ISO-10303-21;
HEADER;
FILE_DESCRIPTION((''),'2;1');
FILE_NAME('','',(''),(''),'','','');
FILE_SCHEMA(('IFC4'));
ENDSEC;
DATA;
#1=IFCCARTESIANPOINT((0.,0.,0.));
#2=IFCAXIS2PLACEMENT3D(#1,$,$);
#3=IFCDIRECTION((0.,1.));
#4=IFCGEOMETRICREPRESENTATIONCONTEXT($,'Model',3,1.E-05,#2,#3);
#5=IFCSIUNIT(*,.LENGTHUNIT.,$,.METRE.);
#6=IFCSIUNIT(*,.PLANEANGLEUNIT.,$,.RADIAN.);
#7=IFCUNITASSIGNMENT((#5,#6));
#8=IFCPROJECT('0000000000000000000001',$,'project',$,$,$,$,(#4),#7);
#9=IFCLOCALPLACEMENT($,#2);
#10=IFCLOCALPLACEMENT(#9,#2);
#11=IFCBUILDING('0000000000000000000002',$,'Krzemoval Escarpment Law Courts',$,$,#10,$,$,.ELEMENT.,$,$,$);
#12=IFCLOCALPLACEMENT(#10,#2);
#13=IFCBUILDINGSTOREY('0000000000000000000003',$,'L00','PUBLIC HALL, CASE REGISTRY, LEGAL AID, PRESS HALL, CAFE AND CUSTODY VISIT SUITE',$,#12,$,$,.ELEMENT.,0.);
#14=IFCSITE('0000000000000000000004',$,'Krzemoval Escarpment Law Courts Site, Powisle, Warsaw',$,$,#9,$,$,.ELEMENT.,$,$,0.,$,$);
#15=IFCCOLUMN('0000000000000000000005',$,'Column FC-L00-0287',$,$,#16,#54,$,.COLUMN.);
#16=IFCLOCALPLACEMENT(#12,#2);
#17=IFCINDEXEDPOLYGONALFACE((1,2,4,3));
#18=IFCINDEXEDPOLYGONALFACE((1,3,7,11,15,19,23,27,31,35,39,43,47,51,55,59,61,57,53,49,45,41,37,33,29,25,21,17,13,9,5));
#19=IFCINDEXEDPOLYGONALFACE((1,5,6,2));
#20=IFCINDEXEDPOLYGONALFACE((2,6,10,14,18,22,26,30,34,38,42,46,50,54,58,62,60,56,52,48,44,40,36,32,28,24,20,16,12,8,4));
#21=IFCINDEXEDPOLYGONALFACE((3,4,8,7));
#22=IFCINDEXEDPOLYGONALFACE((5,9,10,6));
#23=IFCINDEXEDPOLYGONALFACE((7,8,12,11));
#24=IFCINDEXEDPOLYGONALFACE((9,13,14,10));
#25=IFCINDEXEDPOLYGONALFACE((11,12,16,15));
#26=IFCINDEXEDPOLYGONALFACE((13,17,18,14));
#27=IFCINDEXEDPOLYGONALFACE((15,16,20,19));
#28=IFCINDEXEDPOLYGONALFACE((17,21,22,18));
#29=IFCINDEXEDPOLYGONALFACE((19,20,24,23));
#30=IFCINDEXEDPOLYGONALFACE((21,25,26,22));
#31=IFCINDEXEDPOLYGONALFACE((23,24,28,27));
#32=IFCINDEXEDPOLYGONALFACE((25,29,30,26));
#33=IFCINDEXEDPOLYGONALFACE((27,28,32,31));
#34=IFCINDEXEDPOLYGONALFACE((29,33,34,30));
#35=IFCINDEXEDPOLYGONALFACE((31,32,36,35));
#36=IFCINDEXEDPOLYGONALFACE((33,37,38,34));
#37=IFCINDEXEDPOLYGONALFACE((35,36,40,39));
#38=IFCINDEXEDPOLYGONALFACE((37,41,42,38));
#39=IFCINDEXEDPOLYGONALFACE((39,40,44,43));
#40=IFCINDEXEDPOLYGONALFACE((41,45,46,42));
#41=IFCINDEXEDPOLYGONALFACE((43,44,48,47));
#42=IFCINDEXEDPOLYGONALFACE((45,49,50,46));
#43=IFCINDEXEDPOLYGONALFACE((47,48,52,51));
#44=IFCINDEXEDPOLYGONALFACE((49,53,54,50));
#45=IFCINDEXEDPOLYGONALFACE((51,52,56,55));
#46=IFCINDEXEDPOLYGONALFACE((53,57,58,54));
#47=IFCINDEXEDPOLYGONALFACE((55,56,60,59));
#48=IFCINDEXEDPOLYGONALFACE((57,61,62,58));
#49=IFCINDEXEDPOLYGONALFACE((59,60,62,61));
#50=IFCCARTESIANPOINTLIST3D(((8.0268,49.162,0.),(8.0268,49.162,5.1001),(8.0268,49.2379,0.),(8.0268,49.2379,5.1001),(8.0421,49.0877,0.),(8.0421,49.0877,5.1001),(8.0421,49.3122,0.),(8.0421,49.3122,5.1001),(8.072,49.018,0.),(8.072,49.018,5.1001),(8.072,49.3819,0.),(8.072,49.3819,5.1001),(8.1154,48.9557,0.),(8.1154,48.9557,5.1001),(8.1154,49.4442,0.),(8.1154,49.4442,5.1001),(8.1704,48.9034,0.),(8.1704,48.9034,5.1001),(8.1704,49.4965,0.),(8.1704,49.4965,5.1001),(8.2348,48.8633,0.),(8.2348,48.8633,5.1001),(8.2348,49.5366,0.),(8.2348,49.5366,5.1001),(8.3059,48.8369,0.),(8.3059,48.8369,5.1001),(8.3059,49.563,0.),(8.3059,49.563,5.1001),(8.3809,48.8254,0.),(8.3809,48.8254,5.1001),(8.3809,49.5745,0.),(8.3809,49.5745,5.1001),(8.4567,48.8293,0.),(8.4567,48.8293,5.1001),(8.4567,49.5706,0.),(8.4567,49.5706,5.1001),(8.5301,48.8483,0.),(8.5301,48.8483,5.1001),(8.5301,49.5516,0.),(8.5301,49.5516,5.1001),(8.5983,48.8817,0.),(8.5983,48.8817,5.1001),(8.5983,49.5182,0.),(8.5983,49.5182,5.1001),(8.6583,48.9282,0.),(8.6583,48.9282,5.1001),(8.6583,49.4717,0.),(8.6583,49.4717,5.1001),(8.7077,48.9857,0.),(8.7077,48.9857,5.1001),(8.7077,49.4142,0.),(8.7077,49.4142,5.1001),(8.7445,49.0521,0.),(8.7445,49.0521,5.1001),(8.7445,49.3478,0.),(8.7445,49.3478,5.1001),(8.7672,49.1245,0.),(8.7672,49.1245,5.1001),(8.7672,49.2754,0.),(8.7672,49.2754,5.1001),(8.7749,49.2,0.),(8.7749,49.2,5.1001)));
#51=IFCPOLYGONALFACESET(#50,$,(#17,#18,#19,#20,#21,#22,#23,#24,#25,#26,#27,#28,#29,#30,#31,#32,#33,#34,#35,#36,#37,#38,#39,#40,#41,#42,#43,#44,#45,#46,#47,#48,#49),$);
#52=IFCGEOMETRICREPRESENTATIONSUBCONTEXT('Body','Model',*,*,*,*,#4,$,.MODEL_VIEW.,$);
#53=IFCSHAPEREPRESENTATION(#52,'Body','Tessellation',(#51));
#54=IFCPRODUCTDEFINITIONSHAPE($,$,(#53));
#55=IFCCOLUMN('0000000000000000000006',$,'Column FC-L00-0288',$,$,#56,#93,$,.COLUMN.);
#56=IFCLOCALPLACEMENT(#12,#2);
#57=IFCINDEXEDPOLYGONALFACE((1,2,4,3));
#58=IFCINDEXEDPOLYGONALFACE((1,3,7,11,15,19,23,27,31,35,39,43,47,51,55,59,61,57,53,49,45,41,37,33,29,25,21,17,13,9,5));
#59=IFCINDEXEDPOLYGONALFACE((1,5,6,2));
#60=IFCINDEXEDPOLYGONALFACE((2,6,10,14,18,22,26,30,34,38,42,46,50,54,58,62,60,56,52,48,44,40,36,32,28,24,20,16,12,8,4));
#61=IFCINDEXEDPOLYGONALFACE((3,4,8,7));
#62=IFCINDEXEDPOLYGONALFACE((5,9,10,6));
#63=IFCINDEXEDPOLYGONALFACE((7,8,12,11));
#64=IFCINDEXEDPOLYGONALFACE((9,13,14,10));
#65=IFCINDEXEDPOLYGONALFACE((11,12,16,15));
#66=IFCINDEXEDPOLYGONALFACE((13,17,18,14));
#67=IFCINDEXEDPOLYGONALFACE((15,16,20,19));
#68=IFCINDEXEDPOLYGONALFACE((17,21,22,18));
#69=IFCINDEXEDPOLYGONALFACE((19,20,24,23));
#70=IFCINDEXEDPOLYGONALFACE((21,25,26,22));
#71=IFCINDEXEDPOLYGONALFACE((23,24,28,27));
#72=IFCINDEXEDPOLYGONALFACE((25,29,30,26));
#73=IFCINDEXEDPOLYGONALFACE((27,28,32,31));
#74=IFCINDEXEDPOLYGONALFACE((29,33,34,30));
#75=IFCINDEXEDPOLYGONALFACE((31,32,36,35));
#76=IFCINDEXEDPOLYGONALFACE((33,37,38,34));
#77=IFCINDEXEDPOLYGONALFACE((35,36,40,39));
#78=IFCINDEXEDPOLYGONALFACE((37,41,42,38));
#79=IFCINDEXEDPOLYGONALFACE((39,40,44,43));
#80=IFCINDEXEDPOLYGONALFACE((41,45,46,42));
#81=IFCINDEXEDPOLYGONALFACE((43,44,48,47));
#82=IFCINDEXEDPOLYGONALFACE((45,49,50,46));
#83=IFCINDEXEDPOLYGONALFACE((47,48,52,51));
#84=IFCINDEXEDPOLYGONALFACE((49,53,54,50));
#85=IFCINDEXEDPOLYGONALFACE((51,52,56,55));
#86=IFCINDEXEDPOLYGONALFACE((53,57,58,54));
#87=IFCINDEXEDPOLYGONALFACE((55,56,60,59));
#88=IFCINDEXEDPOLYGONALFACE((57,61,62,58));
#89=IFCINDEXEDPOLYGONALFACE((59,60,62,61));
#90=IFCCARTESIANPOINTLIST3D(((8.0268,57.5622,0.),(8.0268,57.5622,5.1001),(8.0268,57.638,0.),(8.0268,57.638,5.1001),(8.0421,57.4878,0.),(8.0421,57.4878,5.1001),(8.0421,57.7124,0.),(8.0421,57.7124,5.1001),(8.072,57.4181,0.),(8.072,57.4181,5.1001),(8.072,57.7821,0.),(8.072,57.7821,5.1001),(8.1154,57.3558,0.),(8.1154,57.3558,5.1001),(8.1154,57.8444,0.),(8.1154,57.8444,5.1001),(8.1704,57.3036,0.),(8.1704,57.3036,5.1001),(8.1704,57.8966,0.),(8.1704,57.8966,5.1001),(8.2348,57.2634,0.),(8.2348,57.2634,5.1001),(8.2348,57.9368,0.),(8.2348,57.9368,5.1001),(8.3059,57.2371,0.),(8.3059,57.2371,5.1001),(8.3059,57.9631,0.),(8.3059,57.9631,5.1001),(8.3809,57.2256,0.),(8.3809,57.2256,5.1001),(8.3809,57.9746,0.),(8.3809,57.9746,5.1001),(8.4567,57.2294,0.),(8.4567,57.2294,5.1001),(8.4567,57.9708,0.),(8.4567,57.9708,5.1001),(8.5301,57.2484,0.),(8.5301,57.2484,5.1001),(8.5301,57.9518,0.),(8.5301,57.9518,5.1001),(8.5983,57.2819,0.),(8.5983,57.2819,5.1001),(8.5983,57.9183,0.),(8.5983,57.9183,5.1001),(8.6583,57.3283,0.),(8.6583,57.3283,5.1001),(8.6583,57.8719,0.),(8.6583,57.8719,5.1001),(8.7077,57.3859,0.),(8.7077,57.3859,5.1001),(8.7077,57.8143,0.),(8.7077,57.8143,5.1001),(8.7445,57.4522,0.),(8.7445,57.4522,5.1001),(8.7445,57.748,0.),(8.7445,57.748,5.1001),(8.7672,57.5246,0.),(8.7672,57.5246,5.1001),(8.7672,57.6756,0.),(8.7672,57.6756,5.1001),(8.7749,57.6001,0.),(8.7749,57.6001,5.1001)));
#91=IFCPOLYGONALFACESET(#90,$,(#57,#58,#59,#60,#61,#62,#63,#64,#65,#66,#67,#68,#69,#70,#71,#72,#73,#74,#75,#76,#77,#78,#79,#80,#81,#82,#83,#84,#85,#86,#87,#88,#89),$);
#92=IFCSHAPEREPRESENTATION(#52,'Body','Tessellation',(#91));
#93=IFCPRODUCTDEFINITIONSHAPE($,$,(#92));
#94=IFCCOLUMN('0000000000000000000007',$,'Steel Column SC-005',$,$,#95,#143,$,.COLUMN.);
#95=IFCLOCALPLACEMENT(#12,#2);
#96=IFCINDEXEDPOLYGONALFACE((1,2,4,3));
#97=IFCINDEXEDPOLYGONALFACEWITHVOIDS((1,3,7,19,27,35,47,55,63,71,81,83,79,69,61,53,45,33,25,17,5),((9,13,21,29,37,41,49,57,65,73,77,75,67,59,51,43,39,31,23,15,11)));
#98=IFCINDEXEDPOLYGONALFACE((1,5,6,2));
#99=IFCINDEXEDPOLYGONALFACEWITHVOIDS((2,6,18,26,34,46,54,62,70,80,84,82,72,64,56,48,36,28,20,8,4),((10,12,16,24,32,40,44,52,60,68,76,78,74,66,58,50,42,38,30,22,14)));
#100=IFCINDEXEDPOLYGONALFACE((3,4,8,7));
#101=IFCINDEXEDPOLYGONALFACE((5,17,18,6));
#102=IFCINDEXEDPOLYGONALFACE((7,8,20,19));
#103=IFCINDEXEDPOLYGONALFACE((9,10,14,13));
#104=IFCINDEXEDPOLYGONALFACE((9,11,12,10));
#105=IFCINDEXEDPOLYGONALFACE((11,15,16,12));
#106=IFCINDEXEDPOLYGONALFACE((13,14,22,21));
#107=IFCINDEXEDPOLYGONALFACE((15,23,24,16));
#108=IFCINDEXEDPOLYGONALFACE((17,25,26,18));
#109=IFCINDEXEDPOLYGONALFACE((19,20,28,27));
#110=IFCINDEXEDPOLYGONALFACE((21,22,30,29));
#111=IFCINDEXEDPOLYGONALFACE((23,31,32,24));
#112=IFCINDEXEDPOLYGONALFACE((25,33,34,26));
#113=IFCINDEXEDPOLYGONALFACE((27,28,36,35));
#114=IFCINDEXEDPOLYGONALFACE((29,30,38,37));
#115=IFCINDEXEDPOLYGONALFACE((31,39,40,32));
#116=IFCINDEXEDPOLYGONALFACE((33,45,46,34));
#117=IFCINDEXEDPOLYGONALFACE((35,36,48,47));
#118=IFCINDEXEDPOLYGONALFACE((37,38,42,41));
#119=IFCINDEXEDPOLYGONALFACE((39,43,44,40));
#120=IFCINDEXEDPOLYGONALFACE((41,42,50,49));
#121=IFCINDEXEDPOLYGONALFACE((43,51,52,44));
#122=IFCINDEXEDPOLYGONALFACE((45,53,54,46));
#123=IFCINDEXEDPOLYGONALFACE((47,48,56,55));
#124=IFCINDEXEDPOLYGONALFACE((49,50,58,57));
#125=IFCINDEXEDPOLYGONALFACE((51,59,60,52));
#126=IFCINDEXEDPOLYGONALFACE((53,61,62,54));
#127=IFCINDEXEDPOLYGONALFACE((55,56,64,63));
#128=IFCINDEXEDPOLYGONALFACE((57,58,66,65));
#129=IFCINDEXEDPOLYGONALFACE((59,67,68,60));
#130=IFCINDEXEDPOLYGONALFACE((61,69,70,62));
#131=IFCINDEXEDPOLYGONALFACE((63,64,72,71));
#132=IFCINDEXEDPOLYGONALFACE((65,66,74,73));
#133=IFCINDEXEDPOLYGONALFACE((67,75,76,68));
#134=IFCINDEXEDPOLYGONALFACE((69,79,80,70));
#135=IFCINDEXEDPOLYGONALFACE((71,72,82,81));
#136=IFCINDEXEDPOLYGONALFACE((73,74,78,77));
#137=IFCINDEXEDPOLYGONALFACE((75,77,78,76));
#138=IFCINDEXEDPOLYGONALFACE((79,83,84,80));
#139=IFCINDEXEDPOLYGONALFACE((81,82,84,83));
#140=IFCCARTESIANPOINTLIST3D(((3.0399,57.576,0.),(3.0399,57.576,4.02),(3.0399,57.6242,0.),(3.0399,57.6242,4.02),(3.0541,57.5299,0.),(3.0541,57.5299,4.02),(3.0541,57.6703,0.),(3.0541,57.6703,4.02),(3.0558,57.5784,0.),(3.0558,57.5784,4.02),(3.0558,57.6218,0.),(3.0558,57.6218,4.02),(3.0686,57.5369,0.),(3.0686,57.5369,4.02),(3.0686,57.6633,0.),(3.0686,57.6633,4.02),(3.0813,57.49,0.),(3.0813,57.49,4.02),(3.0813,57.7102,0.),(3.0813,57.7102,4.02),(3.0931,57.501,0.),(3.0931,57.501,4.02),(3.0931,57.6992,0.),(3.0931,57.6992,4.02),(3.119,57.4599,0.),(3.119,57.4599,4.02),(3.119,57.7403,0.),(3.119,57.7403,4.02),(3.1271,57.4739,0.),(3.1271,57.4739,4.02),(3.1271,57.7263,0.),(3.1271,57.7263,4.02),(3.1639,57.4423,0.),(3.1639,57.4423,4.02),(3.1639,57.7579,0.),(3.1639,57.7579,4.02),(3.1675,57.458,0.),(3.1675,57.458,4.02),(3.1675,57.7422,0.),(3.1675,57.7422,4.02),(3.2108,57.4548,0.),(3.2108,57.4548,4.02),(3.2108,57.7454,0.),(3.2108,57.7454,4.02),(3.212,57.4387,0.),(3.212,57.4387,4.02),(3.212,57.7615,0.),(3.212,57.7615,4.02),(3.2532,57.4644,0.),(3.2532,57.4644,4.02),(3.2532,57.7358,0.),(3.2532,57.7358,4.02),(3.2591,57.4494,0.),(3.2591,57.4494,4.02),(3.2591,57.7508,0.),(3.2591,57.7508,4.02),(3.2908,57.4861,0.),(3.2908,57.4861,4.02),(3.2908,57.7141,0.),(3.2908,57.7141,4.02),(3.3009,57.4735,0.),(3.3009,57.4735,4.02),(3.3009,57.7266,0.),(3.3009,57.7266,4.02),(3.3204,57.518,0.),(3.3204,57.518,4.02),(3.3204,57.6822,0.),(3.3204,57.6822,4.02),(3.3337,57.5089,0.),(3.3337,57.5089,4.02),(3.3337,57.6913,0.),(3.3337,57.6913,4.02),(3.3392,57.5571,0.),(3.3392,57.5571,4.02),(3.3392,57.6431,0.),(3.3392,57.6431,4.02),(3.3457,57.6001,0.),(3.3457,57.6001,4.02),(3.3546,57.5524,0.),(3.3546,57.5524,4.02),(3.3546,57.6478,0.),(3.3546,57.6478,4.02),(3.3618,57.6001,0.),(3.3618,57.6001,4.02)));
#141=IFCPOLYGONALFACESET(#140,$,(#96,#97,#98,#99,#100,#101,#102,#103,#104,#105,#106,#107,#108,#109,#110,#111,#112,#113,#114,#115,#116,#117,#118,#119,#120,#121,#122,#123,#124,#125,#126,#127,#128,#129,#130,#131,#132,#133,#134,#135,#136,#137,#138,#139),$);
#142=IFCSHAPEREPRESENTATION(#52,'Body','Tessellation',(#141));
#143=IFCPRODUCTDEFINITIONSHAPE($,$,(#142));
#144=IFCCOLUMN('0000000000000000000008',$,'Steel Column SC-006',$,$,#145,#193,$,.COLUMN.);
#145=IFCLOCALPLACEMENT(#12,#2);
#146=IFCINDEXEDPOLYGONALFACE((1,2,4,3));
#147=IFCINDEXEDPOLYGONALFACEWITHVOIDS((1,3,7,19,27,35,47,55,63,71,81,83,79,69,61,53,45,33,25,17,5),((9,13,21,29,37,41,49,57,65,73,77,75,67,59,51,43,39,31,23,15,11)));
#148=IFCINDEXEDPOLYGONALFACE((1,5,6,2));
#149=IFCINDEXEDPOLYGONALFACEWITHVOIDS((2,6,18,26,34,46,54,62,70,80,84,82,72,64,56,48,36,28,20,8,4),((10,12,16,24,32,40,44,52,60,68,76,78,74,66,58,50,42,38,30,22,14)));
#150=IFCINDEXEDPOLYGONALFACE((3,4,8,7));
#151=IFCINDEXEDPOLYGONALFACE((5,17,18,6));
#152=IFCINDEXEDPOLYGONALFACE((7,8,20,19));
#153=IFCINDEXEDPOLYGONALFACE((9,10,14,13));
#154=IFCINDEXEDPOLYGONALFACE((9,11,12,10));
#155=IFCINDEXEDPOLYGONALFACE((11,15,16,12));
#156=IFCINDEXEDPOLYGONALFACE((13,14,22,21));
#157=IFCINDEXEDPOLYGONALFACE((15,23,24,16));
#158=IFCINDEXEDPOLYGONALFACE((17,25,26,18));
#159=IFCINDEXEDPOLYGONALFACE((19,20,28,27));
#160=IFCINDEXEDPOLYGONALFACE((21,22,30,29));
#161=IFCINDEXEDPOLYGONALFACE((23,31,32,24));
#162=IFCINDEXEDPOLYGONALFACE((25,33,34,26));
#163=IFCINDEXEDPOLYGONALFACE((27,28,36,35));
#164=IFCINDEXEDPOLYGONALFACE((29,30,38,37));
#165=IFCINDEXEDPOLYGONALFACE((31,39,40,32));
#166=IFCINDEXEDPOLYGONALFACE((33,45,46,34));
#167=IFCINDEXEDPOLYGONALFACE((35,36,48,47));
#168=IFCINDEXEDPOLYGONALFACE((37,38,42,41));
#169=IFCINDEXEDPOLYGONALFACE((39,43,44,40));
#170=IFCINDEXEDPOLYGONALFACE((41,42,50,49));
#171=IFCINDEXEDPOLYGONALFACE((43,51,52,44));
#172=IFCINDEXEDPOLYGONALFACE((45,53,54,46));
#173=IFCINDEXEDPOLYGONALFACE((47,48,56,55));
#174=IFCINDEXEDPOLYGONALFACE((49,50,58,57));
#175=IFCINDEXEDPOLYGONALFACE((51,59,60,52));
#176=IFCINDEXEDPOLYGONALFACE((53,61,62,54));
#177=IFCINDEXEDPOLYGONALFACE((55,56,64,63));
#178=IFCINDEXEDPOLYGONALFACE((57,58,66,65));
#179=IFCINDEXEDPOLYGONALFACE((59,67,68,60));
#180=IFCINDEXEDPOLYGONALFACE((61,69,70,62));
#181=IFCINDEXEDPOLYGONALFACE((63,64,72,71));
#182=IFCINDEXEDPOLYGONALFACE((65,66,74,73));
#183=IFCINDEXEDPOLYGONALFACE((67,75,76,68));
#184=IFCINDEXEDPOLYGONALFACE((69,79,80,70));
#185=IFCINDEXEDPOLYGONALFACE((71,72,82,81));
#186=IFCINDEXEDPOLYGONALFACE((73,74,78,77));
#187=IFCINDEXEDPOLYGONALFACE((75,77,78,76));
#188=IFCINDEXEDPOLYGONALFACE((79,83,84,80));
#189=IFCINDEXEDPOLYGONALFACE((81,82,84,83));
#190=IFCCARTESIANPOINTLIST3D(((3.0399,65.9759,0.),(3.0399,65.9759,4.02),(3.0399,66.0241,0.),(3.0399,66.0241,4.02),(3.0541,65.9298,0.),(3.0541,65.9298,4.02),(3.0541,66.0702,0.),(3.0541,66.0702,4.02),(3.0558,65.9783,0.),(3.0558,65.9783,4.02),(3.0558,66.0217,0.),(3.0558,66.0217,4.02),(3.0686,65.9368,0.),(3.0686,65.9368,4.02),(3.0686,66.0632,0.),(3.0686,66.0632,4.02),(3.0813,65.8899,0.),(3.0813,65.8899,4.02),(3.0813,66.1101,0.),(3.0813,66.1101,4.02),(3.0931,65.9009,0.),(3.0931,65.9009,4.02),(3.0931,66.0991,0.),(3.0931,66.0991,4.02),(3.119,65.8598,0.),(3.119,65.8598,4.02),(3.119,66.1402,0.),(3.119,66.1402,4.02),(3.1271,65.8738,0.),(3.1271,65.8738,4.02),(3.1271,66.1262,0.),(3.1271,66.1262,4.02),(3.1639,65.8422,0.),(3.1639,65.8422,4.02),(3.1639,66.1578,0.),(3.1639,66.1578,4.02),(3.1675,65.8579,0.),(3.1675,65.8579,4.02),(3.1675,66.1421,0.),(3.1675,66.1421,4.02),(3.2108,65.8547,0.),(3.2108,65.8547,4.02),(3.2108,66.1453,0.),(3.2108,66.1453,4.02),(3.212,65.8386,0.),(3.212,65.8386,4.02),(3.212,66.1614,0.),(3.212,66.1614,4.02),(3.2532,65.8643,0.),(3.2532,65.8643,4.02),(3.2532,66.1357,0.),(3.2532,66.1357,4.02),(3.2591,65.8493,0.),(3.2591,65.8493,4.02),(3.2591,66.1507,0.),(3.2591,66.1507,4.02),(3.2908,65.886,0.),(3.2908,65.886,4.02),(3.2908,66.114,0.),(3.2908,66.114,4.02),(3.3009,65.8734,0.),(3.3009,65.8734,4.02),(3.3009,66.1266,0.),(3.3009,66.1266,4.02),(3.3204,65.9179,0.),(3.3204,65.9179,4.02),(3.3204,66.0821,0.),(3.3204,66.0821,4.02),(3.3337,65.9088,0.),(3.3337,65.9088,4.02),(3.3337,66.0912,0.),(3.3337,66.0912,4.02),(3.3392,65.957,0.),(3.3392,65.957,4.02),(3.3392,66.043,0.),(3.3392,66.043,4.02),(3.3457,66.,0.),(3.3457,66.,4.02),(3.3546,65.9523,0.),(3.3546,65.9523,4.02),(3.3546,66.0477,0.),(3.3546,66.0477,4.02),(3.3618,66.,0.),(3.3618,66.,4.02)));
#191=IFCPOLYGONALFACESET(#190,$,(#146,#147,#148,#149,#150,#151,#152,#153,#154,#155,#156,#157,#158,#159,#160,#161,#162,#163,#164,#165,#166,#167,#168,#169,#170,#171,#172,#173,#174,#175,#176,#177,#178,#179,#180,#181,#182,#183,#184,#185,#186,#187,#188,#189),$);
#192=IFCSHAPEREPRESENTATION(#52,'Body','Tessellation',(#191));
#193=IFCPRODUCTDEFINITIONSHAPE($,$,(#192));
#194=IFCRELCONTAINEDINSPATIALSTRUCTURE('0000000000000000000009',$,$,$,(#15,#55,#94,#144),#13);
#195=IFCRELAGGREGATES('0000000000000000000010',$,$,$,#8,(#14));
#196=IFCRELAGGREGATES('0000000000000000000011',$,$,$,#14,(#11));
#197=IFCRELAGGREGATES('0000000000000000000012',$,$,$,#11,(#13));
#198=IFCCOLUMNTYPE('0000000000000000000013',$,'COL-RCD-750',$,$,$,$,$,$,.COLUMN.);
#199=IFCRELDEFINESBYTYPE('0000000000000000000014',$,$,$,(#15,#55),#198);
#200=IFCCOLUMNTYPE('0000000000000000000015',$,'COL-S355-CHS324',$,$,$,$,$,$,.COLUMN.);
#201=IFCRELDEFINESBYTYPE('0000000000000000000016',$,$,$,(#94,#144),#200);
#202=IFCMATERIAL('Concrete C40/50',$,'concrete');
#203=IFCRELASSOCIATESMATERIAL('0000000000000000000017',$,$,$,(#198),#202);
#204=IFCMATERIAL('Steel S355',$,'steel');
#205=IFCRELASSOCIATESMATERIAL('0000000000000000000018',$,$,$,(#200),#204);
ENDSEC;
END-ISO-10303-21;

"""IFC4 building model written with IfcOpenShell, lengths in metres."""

from ifc_helpers import new_model, si_unit, direction, frame, origin, origin_2d, place, context, subcontext, project, spatial, circle, hollow_circle, extrude, material, material_profile, profile_set, type_object, element, save


model = new_model("IFC4")

# Units and contexts
model_context = context("Model", 3, precision=1e-05, world=origin(), true_north=direction((0.0, 1.0)))
body_context = subcontext(model_context, "Body", "Model", "MODEL_VIEW")
ifc_project = project(units=[si_unit("LENGTHUNIT", "METRE"), si_unit("PLANEANGLEUNIT", "RADIAN")], contexts=[model_context])

# Site, building, storey
site_placement = place(None, origin())
site = spatial("IfcSite", under=ifc_project, at=site_placement, Name="Krzemoval Escarpment Law Courts Site, Powisle, Warsaw", CompositionType="ELEMENT", RefElevation=0.0)
building_placement = place(site_placement, origin())
building = spatial("IfcBuilding", under=site, at=building_placement, Name="Krzemoval Escarpment Law Courts", CompositionType="ELEMENT")
storey_placement = place(building_placement, origin())
storey = spatial("IfcBuildingStorey", under=building, at=storey_placement, Name="L00", Description="PUBLIC HALL, CASE REGISTRY, LEGAL AID, PRESS HALL, CAFE AND CUSTODY VISIT SUITE", CompositionType="ELEMENT", Elevation=0.0)

# Columns
ifc_material_1 = material(Name="Concrete C40/50", Category="concrete")
ifc_material_profile_1 = material_profile(ifc_material_1, circle(Radius=0.375, at=origin_2d()), Name="RC D750")
ifc_profile_set_1 = profile_set([ifc_material_profile_1], Name="Concrete C40/50")
column_type_1 = type_object("IfcColumnType", Name="COL-RCD-750", PredefinedType="COLUMN", material=ifc_profile_set_1)
for number, where, z_axis, x_axis, name in (
    (1, (8.3999, 49.2, 0.0), (0.0, 0.0, 1.0), (1.0, 0.0, 0.0), "Column FC-L00-0287"),
    (2, (8.3999, 57.6001, 0.0), (0.0, 0.0, 1.0), (1.0, 0.0, 0.0), "Column FC-L00-0288"),
):
    element("IfcColumn", number, at=place(storey_placement, frame(where, z_axis=z_axis, x_axis=x_axis)), inside=storey, type_object=column_type_1, Name=name, PredefinedType="COLUMN", context=body_context, shape_type="SweptSolid", body=[
        extrude(circle(Radius=0.375, at=origin_2d()), origin(), (0.0, 0.0, 1.0), 5.1001),
    ])
ifc_material_2 = material(Name="Steel S355", Category="steel")
ifc_material_profile_2 = material_profile(ifc_material_2, hollow_circle(Radius=0.1619, WallThickness=0.0161, at=origin_2d()), Name="CHS 323.9x16")
ifc_profile_set_2 = profile_set([ifc_material_profile_2], Name="Steel S355")
column_type_2 = type_object("IfcColumnType", Name="COL-S355-CHS324", PredefinedType="COLUMN", material=ifc_profile_set_2)
for number, where, z_axis, x_axis, name in (
    (3, (3.2, 57.6001, 0.0), (0.0, 0.0, 1.0), (1.0, 0.0, 0.0), "Steel Column SC-005"),
    (4, (3.2, 66.0, 0.0), (0.0, 0.0, 1.0), (1.0, 0.0, 0.0), "Steel Column SC-006"),
):
    element("IfcColumn", number, at=place(storey_placement, frame(where, z_axis=z_axis, x_axis=x_axis)), inside=storey, type_object=column_type_2, Name=name, PredefinedType="COLUMN", context=body_context, shape_type="SweptSolid", body=[
        extrude(hollow_circle(Radius=0.1619, WallThickness=0.0161, at=origin_2d()), origin(), (0.0, 0.0, 1.0), 4.02),
    ])

save(model, "model.ifc")
